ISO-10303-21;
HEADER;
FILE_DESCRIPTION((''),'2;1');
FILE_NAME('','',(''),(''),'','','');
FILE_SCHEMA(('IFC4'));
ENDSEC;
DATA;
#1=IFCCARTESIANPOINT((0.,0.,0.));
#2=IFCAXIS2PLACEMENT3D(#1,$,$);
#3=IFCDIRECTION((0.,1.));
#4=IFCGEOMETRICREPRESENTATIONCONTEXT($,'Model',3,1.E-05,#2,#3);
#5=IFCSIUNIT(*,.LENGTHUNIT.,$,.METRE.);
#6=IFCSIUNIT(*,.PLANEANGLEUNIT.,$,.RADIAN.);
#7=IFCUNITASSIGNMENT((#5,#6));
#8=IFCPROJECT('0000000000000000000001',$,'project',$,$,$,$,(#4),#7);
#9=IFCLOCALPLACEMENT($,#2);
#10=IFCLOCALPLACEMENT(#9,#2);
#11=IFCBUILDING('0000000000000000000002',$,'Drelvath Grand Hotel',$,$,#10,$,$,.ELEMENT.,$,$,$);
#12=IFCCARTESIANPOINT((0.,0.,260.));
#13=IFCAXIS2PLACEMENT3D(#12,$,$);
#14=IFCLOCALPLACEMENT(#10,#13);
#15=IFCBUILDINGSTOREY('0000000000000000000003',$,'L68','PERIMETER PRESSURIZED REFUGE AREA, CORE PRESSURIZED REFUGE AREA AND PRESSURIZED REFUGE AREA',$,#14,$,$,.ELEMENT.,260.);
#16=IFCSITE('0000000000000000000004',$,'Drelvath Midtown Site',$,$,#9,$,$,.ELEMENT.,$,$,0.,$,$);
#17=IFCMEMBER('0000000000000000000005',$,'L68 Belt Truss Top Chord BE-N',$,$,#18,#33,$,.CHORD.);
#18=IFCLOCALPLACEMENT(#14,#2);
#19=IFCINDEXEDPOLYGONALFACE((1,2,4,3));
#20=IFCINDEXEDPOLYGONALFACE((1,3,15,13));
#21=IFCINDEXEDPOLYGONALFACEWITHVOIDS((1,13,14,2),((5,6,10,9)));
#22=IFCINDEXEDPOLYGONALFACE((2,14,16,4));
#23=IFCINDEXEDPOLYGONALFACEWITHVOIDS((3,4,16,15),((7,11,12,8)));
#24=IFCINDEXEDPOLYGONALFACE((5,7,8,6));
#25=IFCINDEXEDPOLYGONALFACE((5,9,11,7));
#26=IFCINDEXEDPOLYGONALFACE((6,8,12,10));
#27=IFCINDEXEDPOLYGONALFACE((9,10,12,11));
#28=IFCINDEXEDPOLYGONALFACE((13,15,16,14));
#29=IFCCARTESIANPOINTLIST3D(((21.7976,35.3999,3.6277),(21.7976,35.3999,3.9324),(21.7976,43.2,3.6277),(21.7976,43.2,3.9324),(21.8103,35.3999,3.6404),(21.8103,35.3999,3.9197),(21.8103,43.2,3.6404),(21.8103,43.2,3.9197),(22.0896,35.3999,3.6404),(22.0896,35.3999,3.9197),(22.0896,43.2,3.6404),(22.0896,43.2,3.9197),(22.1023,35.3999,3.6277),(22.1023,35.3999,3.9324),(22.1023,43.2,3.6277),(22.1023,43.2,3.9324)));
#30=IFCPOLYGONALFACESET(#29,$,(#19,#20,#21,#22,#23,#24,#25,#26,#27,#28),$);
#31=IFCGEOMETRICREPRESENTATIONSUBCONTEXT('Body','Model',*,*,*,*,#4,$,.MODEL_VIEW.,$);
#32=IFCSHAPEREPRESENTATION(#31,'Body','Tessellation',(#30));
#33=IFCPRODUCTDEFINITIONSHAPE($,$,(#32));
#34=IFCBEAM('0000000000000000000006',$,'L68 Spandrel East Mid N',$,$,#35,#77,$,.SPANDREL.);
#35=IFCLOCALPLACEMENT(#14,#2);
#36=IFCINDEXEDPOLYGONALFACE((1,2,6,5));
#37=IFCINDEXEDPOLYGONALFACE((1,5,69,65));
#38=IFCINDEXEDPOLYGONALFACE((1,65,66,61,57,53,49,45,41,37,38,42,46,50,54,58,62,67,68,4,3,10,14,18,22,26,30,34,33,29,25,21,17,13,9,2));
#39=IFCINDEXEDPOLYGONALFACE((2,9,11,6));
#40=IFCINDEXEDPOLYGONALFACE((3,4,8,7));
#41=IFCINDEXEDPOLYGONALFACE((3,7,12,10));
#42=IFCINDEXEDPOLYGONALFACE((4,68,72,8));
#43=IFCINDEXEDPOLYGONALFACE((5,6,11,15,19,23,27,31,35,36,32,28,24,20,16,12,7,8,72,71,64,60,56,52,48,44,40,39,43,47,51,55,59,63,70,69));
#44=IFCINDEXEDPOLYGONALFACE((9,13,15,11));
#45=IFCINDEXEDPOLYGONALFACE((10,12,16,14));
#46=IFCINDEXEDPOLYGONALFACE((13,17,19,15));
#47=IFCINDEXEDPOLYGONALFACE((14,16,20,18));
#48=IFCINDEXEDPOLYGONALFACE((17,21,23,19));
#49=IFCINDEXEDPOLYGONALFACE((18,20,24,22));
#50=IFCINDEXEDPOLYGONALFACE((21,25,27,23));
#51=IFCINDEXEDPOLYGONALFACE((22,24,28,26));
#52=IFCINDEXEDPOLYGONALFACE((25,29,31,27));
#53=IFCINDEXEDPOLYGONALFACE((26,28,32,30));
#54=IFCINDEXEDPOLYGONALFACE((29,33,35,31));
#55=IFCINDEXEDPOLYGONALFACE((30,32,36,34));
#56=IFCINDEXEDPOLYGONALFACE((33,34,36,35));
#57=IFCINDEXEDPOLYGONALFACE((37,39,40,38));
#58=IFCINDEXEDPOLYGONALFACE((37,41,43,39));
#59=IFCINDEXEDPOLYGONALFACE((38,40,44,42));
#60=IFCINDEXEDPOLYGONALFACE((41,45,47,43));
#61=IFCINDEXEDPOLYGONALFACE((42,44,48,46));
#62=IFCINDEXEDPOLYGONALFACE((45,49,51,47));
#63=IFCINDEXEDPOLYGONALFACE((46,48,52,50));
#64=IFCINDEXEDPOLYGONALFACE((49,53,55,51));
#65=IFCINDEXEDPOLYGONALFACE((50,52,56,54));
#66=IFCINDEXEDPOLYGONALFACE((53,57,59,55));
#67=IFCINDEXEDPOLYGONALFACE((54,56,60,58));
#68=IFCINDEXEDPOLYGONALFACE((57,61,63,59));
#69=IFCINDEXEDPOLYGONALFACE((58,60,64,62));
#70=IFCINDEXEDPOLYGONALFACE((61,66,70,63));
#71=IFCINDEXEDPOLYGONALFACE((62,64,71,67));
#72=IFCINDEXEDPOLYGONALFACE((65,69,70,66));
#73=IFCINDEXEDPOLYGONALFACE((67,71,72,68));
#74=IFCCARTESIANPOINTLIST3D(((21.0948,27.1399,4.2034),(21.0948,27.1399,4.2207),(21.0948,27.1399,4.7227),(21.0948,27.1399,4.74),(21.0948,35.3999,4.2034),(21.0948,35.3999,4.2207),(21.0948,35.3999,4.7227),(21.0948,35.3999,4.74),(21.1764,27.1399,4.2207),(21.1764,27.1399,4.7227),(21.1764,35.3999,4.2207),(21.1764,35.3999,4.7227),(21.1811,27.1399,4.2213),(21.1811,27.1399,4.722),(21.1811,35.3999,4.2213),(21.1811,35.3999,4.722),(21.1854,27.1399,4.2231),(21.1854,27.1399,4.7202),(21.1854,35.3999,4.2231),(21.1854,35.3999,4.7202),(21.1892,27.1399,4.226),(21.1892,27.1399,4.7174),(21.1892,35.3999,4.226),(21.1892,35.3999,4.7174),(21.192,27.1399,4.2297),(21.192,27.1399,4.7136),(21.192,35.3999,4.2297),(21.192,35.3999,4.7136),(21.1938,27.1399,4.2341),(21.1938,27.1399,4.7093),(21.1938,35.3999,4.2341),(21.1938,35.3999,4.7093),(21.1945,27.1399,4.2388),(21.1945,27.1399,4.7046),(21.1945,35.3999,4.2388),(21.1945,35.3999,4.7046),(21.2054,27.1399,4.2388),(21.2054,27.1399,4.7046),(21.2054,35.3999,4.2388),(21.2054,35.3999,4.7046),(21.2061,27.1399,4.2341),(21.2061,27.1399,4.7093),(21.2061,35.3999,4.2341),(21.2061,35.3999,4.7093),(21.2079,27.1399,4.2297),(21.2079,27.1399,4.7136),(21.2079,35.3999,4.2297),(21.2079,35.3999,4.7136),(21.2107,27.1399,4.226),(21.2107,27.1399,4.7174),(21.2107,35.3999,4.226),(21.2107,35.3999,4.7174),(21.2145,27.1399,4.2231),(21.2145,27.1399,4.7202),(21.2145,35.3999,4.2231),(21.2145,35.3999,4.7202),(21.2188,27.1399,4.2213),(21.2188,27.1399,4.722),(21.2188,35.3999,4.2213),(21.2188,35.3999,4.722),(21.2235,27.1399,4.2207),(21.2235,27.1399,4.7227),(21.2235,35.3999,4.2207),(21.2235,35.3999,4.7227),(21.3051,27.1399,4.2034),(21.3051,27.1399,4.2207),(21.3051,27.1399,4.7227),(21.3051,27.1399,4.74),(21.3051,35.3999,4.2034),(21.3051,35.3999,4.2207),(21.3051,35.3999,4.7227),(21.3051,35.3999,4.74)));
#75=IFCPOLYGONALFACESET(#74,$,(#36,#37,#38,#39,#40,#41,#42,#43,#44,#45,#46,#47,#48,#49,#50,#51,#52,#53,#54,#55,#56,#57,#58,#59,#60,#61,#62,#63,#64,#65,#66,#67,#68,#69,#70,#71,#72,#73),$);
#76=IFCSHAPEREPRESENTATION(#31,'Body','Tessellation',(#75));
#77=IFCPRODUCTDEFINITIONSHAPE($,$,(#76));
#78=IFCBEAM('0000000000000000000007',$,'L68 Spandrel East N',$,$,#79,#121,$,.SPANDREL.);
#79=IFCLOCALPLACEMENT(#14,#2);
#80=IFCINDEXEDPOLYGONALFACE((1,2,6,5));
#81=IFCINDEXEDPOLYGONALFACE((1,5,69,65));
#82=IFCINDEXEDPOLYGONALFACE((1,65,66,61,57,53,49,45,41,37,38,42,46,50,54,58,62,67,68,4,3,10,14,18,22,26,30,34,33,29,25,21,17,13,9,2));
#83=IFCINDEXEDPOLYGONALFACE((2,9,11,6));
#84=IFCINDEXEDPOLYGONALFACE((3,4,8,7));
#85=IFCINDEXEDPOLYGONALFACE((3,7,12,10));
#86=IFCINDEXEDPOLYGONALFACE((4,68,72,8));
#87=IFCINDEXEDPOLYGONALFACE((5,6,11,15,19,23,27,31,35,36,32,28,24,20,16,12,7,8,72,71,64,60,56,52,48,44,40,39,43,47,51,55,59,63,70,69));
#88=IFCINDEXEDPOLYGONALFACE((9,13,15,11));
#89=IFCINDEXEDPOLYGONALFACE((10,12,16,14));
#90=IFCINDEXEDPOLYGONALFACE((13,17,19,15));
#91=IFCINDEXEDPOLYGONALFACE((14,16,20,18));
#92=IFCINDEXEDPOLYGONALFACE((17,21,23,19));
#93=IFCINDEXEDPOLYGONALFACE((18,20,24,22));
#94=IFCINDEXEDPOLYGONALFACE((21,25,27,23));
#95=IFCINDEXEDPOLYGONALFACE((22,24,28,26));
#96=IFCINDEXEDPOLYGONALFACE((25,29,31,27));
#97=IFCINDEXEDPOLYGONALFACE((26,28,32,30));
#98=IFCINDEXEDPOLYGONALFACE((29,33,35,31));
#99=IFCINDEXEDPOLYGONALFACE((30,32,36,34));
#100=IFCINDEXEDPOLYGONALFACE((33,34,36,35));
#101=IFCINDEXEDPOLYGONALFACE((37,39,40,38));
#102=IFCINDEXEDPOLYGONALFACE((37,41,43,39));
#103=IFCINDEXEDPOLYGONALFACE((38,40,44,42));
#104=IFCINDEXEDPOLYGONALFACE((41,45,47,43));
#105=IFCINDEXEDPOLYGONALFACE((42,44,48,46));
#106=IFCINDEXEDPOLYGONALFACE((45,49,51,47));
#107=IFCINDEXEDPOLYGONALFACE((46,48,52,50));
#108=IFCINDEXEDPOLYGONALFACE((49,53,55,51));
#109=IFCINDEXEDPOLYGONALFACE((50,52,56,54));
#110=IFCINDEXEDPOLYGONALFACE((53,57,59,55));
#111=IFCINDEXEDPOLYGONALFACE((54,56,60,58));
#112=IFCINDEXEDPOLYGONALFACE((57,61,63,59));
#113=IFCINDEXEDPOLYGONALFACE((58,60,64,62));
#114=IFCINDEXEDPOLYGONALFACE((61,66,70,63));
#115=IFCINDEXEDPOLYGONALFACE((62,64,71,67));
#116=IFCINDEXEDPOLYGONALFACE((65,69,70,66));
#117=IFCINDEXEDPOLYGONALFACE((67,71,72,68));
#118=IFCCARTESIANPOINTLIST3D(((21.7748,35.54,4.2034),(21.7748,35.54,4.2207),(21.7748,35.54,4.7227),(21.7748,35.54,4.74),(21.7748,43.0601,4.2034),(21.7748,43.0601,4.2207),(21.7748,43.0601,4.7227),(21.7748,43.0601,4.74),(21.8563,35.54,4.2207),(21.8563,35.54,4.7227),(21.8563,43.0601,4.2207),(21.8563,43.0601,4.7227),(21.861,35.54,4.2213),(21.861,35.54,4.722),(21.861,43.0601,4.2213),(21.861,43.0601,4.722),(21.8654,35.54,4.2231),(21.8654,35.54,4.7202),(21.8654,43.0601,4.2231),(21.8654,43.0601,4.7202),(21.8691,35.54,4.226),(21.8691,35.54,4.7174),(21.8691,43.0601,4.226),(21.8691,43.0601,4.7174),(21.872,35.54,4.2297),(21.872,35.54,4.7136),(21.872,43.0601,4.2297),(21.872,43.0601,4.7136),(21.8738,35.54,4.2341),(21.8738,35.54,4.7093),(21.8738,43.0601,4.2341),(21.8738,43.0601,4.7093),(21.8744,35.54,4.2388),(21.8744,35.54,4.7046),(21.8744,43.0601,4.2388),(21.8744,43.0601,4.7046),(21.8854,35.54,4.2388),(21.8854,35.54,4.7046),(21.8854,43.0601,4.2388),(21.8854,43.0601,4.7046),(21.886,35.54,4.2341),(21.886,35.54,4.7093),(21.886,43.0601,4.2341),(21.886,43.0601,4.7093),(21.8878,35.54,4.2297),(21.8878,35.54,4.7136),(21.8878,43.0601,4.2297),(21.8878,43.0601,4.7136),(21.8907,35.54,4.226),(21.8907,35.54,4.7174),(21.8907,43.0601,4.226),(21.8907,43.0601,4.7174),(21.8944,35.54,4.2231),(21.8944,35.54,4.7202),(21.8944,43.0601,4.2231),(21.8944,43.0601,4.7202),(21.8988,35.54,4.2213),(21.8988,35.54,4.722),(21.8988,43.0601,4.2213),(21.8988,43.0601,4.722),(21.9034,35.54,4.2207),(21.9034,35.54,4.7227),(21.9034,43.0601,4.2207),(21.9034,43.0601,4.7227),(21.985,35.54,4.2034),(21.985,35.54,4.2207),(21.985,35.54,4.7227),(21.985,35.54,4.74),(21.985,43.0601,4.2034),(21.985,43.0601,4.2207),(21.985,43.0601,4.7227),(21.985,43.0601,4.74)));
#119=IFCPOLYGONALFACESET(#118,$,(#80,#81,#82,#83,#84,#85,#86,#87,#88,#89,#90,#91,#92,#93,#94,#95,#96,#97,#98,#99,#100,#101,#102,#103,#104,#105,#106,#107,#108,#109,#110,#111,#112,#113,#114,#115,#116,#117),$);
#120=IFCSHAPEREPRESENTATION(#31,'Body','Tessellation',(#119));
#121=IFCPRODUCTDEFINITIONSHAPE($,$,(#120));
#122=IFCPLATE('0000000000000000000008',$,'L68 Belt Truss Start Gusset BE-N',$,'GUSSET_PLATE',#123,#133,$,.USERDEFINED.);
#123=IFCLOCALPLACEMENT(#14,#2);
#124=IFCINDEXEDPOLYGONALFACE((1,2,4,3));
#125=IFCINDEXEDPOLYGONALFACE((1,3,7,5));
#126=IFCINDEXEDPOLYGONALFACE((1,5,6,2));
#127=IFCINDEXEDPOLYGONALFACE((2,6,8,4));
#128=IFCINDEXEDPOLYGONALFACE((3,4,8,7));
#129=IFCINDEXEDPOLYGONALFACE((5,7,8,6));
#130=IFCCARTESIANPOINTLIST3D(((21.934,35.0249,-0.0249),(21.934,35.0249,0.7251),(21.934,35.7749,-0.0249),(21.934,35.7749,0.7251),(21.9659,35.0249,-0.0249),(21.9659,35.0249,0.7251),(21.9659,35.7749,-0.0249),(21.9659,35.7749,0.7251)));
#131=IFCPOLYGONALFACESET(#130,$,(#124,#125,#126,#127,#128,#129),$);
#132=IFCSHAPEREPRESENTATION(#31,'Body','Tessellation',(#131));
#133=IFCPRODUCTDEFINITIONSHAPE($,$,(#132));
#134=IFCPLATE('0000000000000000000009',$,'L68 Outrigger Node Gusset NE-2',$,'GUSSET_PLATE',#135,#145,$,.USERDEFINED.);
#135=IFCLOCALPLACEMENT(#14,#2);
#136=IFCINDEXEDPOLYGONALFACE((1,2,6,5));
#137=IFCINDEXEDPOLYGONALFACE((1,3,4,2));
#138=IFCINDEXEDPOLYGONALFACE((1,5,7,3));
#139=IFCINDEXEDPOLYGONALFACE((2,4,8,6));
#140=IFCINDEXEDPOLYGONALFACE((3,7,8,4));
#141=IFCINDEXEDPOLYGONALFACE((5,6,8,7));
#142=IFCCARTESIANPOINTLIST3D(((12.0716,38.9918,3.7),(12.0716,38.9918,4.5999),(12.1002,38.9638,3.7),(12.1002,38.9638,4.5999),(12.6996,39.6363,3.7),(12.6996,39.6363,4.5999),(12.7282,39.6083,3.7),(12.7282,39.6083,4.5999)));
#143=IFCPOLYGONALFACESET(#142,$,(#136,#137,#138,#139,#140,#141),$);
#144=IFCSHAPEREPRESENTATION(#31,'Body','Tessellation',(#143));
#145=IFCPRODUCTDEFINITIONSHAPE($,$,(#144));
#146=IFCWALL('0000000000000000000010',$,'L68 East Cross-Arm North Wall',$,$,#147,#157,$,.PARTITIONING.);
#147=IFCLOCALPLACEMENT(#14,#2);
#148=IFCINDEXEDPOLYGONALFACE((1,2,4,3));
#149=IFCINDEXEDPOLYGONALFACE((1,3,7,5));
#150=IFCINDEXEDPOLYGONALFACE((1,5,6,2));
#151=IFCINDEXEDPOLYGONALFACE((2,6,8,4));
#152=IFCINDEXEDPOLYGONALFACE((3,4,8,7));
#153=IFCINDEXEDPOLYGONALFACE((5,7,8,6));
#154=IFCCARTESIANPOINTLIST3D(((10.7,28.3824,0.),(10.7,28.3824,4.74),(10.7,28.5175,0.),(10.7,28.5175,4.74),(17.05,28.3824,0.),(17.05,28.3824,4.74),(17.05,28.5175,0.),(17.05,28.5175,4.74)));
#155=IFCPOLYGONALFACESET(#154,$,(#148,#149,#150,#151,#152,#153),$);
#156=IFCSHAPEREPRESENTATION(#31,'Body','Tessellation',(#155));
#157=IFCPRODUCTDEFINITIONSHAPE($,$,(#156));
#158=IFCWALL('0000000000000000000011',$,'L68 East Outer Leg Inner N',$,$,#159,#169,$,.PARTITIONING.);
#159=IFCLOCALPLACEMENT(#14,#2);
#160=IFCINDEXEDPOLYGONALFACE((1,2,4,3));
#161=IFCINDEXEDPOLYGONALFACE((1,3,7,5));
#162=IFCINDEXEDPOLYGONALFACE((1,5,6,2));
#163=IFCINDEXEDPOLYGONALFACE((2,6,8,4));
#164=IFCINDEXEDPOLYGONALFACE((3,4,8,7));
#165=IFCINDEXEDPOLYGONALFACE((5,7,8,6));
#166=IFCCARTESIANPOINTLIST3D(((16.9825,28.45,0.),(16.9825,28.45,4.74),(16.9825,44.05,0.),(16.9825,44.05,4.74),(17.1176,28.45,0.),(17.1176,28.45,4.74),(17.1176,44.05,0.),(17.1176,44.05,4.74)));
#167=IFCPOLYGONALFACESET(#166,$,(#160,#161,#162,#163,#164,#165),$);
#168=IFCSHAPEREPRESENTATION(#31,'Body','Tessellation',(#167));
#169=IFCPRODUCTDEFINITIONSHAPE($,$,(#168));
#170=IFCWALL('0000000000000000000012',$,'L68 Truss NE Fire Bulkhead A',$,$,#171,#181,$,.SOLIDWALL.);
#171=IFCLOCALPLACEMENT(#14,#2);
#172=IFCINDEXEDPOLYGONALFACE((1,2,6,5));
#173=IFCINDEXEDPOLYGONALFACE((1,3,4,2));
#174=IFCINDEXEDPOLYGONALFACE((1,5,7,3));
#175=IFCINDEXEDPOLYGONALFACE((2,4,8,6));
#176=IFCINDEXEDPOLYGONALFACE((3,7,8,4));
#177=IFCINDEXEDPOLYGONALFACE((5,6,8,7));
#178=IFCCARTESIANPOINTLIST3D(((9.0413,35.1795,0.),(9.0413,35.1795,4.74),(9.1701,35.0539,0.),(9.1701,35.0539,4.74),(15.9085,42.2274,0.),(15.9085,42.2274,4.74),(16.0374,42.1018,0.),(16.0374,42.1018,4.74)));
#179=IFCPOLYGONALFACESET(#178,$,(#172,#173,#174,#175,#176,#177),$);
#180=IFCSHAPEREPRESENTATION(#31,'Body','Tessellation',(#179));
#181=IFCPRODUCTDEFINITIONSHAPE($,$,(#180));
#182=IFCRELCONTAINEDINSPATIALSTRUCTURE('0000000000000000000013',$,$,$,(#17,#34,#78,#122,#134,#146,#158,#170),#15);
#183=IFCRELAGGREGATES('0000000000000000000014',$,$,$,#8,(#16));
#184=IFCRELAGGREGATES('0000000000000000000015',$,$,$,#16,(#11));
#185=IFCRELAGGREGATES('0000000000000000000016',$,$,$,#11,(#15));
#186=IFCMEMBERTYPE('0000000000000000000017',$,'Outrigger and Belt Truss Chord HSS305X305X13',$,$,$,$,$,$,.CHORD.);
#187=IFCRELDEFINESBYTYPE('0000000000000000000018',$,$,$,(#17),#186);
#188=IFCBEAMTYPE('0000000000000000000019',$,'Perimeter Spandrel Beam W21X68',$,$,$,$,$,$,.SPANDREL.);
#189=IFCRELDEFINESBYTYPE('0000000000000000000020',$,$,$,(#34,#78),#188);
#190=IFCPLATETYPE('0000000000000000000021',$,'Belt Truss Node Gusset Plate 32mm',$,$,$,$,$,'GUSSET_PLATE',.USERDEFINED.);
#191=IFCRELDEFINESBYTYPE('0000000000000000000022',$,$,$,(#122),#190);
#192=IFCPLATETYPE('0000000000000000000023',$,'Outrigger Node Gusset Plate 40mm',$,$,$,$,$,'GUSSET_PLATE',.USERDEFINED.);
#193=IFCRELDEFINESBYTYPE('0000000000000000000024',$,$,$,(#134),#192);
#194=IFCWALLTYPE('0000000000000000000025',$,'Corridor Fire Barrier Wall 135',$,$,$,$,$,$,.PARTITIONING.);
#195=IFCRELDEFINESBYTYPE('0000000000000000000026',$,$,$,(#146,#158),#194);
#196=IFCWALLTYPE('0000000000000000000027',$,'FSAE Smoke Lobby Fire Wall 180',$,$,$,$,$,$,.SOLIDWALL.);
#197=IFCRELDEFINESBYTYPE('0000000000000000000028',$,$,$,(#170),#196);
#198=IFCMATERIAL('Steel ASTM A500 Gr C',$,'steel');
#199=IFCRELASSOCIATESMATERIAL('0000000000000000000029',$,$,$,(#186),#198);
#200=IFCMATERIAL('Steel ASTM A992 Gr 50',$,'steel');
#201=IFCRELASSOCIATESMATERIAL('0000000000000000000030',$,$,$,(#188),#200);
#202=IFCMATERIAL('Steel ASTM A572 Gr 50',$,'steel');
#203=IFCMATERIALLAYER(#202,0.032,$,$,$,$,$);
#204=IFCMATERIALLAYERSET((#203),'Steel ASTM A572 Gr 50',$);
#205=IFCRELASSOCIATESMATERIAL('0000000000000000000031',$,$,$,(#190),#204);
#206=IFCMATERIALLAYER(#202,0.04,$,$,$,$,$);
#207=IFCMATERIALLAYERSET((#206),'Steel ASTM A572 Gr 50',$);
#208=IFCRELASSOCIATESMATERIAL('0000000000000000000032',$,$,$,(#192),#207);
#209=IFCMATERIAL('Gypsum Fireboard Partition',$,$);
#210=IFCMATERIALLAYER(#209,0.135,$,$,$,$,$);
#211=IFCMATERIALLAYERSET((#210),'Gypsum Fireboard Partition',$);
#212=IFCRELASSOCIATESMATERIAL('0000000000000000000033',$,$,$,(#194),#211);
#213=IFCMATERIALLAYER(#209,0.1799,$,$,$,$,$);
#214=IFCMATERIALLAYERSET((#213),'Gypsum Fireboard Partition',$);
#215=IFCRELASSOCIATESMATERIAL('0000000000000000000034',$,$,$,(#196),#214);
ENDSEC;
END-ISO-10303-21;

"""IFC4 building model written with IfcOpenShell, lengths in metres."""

from ifc_helpers import new_model, si_unit, direction, frame, frame_2d, origin, origin_2d, place, context, subcontext, project, spatial, rectangle, hollow_rectangle, i_section, extrude, material, layer, layer_set, material_profile, profile_set, type_object, element, save


model = new_model("IFC4")

# Units and contexts
model_context = context("Model", 3, precision=1e-05, world=origin(), true_north=direction((0.0, 1.0)))
body_context = subcontext(model_context, "Body", "Model", "MODEL_VIEW")
ifc_project = project(units=[si_unit("LENGTHUNIT", "METRE"), si_unit("PLANEANGLEUNIT", "RADIAN")], contexts=[model_context])

# Site, building, storey
site_placement = place(None, origin())
site = spatial("IfcSite", under=ifc_project, at=site_placement, Name="Drelvath Midtown Site", CompositionType="ELEMENT", RefElevation=0.0)
building_placement = place(site_placement, origin())
building = spatial("IfcBuilding", under=site, at=building_placement, Name="Drelvath Grand Hotel", CompositionType="ELEMENT")
storey_placement = place(building_placement, frame((0.0, 0.0, 260.0)))
storey = spatial("IfcBuildingStorey", under=building, at=storey_placement, Name="L68", Description="PERIMETER PRESSURIZED REFUGE AREA, CORE PRESSURIZED REFUGE AREA AND PRESSURIZED REFUGE AREA", CompositionType="ELEMENT", Elevation=260.0)

# Shared definitions
ifc_material_1 = material(Name="Steel ASTM A572 Gr 50", Category="steel")

# Member
ifc_material_2 = material(Name="Steel ASTM A500 Gr C", Category="steel")
ifc_material_profile_1 = material_profile(ifc_material_2, hollow_rectangle(XDim=0.3047, YDim=0.3047, WallThickness=0.0127, at=origin_2d()), Name="HSS305X305X13")
ifc_profile_set_1 = profile_set([ifc_material_profile_1], Name="Steel ASTM A500 Gr C")
member_type_1 = type_object("IfcMemberType", Name="Outrigger and Belt Truss Chord HSS305X305X13", PredefinedType="CHORD", material=ifc_profile_set_1)
for number, where, z_axis, x_axis, name in (
    (1, (21.95, 35.3999, 3.78), (0.0, 1.0, 0.0), (-1.0, 0.0, 0.0), "L68 Belt Truss Top Chord BE-N"),
):
    element("IfcMember", number, at=place(storey_placement, frame(where, z_axis=z_axis, x_axis=x_axis)), inside=storey, type_object=member_type_1, Name=name, PredefinedType="CHORD", context=body_context, shape_type="SweptSolid", body=[
        extrude(hollow_rectangle(XDim=0.3047, YDim=0.3047, WallThickness=0.0127, at=origin_2d()), origin(), (0.0, 0.0, 1.0), 7.8),
    ])

# Beams
ifc_material_3 = material(Name="Steel ASTM A992 Gr 50", Category="steel")
ifc_material_profile_2 = material_profile(ifc_material_3, i_section(OverallWidth=0.2102, OverallDepth=0.5366, WebThickness=0.011, FlangeThickness=0.0173, FilletRadius=0.0181, at=origin_2d()), Name="W21X68")
ifc_profile_set_2 = profile_set([ifc_material_profile_2], Name="Steel ASTM A992 Gr 50")
beam_type_1 = type_object("IfcBeamType", Name="Perimeter Spandrel Beam W21X68", PredefinedType="SPANDREL", material=ifc_profile_set_2)
beam_1_placement = place(storey_placement, frame((21.2, 27.1399, 4.4717), z_axis=(0.0, 1.0, 0.0), x_axis=(-1.0, 0.0, 0.0)))
element("IfcBeam", 2, at=beam_1_placement, inside=storey, type_object=beam_type_1, Name="L68 Spandrel East Mid N", PredefinedType="SPANDREL", context=body_context, shape_type="SweptSolid", body=[
    extrude(i_section(OverallWidth=0.2102, OverallDepth=0.5366, WebThickness=0.011, FlangeThickness=0.0173, FilletRadius=0.0181, at=origin_2d()), origin(), (0.0, 0.0, 1.0), 8.26),
])
beam_2_placement = place(storey_placement, frame((21.8799, 35.54, 4.4717), z_axis=(0.0, 1.0, 0.0), x_axis=(-1.0, 0.0, 0.0)))
element("IfcBeam", 3, at=beam_2_placement, inside=storey, type_object=beam_type_1, Name="L68 Spandrel East N", PredefinedType="SPANDREL", context=body_context, shape_type="SweptSolid", body=[
    extrude(i_section(OverallWidth=0.2102, OverallDepth=0.5366, WebThickness=0.011, FlangeThickness=0.0173, FilletRadius=0.0181, at=origin_2d()), origin(), (0.0, 0.0, 1.0), 7.52),
])

# Plates
ifc_layer_1 = layer(ifc_material_1, 0.032)
ifc_layer_set_1 = layer_set([ifc_layer_1], Name="Steel ASTM A572 Gr 50")
plate_type_1 = type_object("IfcPlateType", Name="Belt Truss Node Gusset Plate 32mm", ElementType="GUSSET_PLATE", PredefinedType="USERDEFINED", material=ifc_layer_set_1)
plate_1_placement = place(storey_placement, frame((21.95, 35.3999, -0.0249), z_axis=(0.0, 0.0, 1.0), x_axis=(0.0, 1.0, 0.0)))
element("IfcPlate", 4, at=plate_1_placement, inside=storey, type_object=plate_type_1, Name="L68 Belt Truss Start Gusset BE-N", ObjectType="GUSSET_PLATE", PredefinedType="USERDEFINED", context=body_context, shape_type="SweptSolid", body=[
    extrude(rectangle(XDim=0.75, YDim=0.032, at=origin_2d()), origin(), (0.0, 0.0, 1.0), 0.75),
])
ifc_layer_2 = layer(ifc_material_1, 0.04)
ifc_layer_set_2 = layer_set([ifc_layer_2], Name="Steel ASTM A572 Gr 50")
plate_type_2 = type_object("IfcPlateType", Name="Outrigger Node Gusset Plate 40mm", ElementType="GUSSET_PLATE", PredefinedType="USERDEFINED", material=ifc_layer_set_2)
plate_2_placement = place(storey_placement, frame((12.3999, 39.3, 3.7), z_axis=(0.0, 0.0, 1.0), x_axis=(0.697865, 0.71623, 0.0)))
element("IfcPlate", 5, at=plate_2_placement, inside=storey, type_object=plate_type_2, Name="L68 Outrigger Node Gusset NE-2", ObjectType="GUSSET_PLATE", PredefinedType="USERDEFINED", context=body_context, shape_type="SweptSolid", body=[
    extrude(rectangle(XDim=0.8999, YDim=0.04, at=origin_2d()), origin(), (0.0, 0.0, 1.0), 0.8999),
])

# Walls
ifc_material_4 = material(Name="Gypsum Fireboard Partition")
ifc_layer_3 = layer(ifc_material_4, 0.135)
ifc_layer_set_3 = layer_set([ifc_layer_3], Name="Gypsum Fireboard Partition")
wall_type_1 = type_object("IfcWallType", Name="Corridor Fire Barrier Wall 135", PredefinedType="PARTITIONING", material=ifc_layer_set_3)
wall_1_placement = place(storey_placement, frame((10.7, 28.45, 0.0), z_axis=(0.0, 0.0, 1.0), x_axis=(1.0, 0.0, 0.0)))
element("IfcWall", 6, at=wall_1_placement, inside=storey, type_object=wall_type_1, Name="L68 East Cross-Arm North Wall", PredefinedType="PARTITIONING", context=body_context, shape_type="SweptSolid", body=[
    extrude(rectangle(XDim=6.3501, YDim=0.135, at=frame_2d((3.175, 0.0))), origin(), (0.0, 0.0, 1.0), 4.74),
])
wall_2_placement = place(storey_placement, frame((17.05, 28.45, 0.0), z_axis=(0.0, 0.0, 1.0), x_axis=(0.0, 1.0, 0.0)))
element("IfcWall", 7, at=wall_2_placement, inside=storey, type_object=wall_type_1, Name="L68 East Outer Leg Inner N", PredefinedType="PARTITIONING", context=body_context, shape_type="SweptSolid", body=[
    extrude(rectangle(XDim=15.6001, YDim=0.135, at=frame_2d((7.8, 0.0))), origin(), (0.0, 0.0, 1.0), 4.74),
])
ifc_layer_4 = layer(ifc_material_4, 0.1799)
ifc_layer_set_4 = layer_set([ifc_layer_4], Name="Gypsum Fireboard Partition")
wall_type_2 = type_object("IfcWallType", Name="FSAE Smoke Lobby Fire Wall 180", PredefinedType="SOLIDWALL", material=ifc_layer_set_4)
wall_3_placement = place(storey_placement, frame((9.1057, 35.1167, 0.0), z_axis=(0.0, 0.0, 1.0), x_axis=(0.697867, 0.716227, 0.0)))
element("IfcWall", 8, at=wall_3_placement, inside=storey, type_object=wall_type_2, Name="L68 Truss NE Fire Bulkhead A", PredefinedType="SOLIDWALL", context=body_context, shape_type="SweptSolid", body=[
    extrude(rectangle(XDim=9.8403, YDim=0.1799, at=frame_2d((4.9202, 0.0))), origin(), (0.0, 0.0, 1.0), 4.74),
])

save(model, "model.ifc")
